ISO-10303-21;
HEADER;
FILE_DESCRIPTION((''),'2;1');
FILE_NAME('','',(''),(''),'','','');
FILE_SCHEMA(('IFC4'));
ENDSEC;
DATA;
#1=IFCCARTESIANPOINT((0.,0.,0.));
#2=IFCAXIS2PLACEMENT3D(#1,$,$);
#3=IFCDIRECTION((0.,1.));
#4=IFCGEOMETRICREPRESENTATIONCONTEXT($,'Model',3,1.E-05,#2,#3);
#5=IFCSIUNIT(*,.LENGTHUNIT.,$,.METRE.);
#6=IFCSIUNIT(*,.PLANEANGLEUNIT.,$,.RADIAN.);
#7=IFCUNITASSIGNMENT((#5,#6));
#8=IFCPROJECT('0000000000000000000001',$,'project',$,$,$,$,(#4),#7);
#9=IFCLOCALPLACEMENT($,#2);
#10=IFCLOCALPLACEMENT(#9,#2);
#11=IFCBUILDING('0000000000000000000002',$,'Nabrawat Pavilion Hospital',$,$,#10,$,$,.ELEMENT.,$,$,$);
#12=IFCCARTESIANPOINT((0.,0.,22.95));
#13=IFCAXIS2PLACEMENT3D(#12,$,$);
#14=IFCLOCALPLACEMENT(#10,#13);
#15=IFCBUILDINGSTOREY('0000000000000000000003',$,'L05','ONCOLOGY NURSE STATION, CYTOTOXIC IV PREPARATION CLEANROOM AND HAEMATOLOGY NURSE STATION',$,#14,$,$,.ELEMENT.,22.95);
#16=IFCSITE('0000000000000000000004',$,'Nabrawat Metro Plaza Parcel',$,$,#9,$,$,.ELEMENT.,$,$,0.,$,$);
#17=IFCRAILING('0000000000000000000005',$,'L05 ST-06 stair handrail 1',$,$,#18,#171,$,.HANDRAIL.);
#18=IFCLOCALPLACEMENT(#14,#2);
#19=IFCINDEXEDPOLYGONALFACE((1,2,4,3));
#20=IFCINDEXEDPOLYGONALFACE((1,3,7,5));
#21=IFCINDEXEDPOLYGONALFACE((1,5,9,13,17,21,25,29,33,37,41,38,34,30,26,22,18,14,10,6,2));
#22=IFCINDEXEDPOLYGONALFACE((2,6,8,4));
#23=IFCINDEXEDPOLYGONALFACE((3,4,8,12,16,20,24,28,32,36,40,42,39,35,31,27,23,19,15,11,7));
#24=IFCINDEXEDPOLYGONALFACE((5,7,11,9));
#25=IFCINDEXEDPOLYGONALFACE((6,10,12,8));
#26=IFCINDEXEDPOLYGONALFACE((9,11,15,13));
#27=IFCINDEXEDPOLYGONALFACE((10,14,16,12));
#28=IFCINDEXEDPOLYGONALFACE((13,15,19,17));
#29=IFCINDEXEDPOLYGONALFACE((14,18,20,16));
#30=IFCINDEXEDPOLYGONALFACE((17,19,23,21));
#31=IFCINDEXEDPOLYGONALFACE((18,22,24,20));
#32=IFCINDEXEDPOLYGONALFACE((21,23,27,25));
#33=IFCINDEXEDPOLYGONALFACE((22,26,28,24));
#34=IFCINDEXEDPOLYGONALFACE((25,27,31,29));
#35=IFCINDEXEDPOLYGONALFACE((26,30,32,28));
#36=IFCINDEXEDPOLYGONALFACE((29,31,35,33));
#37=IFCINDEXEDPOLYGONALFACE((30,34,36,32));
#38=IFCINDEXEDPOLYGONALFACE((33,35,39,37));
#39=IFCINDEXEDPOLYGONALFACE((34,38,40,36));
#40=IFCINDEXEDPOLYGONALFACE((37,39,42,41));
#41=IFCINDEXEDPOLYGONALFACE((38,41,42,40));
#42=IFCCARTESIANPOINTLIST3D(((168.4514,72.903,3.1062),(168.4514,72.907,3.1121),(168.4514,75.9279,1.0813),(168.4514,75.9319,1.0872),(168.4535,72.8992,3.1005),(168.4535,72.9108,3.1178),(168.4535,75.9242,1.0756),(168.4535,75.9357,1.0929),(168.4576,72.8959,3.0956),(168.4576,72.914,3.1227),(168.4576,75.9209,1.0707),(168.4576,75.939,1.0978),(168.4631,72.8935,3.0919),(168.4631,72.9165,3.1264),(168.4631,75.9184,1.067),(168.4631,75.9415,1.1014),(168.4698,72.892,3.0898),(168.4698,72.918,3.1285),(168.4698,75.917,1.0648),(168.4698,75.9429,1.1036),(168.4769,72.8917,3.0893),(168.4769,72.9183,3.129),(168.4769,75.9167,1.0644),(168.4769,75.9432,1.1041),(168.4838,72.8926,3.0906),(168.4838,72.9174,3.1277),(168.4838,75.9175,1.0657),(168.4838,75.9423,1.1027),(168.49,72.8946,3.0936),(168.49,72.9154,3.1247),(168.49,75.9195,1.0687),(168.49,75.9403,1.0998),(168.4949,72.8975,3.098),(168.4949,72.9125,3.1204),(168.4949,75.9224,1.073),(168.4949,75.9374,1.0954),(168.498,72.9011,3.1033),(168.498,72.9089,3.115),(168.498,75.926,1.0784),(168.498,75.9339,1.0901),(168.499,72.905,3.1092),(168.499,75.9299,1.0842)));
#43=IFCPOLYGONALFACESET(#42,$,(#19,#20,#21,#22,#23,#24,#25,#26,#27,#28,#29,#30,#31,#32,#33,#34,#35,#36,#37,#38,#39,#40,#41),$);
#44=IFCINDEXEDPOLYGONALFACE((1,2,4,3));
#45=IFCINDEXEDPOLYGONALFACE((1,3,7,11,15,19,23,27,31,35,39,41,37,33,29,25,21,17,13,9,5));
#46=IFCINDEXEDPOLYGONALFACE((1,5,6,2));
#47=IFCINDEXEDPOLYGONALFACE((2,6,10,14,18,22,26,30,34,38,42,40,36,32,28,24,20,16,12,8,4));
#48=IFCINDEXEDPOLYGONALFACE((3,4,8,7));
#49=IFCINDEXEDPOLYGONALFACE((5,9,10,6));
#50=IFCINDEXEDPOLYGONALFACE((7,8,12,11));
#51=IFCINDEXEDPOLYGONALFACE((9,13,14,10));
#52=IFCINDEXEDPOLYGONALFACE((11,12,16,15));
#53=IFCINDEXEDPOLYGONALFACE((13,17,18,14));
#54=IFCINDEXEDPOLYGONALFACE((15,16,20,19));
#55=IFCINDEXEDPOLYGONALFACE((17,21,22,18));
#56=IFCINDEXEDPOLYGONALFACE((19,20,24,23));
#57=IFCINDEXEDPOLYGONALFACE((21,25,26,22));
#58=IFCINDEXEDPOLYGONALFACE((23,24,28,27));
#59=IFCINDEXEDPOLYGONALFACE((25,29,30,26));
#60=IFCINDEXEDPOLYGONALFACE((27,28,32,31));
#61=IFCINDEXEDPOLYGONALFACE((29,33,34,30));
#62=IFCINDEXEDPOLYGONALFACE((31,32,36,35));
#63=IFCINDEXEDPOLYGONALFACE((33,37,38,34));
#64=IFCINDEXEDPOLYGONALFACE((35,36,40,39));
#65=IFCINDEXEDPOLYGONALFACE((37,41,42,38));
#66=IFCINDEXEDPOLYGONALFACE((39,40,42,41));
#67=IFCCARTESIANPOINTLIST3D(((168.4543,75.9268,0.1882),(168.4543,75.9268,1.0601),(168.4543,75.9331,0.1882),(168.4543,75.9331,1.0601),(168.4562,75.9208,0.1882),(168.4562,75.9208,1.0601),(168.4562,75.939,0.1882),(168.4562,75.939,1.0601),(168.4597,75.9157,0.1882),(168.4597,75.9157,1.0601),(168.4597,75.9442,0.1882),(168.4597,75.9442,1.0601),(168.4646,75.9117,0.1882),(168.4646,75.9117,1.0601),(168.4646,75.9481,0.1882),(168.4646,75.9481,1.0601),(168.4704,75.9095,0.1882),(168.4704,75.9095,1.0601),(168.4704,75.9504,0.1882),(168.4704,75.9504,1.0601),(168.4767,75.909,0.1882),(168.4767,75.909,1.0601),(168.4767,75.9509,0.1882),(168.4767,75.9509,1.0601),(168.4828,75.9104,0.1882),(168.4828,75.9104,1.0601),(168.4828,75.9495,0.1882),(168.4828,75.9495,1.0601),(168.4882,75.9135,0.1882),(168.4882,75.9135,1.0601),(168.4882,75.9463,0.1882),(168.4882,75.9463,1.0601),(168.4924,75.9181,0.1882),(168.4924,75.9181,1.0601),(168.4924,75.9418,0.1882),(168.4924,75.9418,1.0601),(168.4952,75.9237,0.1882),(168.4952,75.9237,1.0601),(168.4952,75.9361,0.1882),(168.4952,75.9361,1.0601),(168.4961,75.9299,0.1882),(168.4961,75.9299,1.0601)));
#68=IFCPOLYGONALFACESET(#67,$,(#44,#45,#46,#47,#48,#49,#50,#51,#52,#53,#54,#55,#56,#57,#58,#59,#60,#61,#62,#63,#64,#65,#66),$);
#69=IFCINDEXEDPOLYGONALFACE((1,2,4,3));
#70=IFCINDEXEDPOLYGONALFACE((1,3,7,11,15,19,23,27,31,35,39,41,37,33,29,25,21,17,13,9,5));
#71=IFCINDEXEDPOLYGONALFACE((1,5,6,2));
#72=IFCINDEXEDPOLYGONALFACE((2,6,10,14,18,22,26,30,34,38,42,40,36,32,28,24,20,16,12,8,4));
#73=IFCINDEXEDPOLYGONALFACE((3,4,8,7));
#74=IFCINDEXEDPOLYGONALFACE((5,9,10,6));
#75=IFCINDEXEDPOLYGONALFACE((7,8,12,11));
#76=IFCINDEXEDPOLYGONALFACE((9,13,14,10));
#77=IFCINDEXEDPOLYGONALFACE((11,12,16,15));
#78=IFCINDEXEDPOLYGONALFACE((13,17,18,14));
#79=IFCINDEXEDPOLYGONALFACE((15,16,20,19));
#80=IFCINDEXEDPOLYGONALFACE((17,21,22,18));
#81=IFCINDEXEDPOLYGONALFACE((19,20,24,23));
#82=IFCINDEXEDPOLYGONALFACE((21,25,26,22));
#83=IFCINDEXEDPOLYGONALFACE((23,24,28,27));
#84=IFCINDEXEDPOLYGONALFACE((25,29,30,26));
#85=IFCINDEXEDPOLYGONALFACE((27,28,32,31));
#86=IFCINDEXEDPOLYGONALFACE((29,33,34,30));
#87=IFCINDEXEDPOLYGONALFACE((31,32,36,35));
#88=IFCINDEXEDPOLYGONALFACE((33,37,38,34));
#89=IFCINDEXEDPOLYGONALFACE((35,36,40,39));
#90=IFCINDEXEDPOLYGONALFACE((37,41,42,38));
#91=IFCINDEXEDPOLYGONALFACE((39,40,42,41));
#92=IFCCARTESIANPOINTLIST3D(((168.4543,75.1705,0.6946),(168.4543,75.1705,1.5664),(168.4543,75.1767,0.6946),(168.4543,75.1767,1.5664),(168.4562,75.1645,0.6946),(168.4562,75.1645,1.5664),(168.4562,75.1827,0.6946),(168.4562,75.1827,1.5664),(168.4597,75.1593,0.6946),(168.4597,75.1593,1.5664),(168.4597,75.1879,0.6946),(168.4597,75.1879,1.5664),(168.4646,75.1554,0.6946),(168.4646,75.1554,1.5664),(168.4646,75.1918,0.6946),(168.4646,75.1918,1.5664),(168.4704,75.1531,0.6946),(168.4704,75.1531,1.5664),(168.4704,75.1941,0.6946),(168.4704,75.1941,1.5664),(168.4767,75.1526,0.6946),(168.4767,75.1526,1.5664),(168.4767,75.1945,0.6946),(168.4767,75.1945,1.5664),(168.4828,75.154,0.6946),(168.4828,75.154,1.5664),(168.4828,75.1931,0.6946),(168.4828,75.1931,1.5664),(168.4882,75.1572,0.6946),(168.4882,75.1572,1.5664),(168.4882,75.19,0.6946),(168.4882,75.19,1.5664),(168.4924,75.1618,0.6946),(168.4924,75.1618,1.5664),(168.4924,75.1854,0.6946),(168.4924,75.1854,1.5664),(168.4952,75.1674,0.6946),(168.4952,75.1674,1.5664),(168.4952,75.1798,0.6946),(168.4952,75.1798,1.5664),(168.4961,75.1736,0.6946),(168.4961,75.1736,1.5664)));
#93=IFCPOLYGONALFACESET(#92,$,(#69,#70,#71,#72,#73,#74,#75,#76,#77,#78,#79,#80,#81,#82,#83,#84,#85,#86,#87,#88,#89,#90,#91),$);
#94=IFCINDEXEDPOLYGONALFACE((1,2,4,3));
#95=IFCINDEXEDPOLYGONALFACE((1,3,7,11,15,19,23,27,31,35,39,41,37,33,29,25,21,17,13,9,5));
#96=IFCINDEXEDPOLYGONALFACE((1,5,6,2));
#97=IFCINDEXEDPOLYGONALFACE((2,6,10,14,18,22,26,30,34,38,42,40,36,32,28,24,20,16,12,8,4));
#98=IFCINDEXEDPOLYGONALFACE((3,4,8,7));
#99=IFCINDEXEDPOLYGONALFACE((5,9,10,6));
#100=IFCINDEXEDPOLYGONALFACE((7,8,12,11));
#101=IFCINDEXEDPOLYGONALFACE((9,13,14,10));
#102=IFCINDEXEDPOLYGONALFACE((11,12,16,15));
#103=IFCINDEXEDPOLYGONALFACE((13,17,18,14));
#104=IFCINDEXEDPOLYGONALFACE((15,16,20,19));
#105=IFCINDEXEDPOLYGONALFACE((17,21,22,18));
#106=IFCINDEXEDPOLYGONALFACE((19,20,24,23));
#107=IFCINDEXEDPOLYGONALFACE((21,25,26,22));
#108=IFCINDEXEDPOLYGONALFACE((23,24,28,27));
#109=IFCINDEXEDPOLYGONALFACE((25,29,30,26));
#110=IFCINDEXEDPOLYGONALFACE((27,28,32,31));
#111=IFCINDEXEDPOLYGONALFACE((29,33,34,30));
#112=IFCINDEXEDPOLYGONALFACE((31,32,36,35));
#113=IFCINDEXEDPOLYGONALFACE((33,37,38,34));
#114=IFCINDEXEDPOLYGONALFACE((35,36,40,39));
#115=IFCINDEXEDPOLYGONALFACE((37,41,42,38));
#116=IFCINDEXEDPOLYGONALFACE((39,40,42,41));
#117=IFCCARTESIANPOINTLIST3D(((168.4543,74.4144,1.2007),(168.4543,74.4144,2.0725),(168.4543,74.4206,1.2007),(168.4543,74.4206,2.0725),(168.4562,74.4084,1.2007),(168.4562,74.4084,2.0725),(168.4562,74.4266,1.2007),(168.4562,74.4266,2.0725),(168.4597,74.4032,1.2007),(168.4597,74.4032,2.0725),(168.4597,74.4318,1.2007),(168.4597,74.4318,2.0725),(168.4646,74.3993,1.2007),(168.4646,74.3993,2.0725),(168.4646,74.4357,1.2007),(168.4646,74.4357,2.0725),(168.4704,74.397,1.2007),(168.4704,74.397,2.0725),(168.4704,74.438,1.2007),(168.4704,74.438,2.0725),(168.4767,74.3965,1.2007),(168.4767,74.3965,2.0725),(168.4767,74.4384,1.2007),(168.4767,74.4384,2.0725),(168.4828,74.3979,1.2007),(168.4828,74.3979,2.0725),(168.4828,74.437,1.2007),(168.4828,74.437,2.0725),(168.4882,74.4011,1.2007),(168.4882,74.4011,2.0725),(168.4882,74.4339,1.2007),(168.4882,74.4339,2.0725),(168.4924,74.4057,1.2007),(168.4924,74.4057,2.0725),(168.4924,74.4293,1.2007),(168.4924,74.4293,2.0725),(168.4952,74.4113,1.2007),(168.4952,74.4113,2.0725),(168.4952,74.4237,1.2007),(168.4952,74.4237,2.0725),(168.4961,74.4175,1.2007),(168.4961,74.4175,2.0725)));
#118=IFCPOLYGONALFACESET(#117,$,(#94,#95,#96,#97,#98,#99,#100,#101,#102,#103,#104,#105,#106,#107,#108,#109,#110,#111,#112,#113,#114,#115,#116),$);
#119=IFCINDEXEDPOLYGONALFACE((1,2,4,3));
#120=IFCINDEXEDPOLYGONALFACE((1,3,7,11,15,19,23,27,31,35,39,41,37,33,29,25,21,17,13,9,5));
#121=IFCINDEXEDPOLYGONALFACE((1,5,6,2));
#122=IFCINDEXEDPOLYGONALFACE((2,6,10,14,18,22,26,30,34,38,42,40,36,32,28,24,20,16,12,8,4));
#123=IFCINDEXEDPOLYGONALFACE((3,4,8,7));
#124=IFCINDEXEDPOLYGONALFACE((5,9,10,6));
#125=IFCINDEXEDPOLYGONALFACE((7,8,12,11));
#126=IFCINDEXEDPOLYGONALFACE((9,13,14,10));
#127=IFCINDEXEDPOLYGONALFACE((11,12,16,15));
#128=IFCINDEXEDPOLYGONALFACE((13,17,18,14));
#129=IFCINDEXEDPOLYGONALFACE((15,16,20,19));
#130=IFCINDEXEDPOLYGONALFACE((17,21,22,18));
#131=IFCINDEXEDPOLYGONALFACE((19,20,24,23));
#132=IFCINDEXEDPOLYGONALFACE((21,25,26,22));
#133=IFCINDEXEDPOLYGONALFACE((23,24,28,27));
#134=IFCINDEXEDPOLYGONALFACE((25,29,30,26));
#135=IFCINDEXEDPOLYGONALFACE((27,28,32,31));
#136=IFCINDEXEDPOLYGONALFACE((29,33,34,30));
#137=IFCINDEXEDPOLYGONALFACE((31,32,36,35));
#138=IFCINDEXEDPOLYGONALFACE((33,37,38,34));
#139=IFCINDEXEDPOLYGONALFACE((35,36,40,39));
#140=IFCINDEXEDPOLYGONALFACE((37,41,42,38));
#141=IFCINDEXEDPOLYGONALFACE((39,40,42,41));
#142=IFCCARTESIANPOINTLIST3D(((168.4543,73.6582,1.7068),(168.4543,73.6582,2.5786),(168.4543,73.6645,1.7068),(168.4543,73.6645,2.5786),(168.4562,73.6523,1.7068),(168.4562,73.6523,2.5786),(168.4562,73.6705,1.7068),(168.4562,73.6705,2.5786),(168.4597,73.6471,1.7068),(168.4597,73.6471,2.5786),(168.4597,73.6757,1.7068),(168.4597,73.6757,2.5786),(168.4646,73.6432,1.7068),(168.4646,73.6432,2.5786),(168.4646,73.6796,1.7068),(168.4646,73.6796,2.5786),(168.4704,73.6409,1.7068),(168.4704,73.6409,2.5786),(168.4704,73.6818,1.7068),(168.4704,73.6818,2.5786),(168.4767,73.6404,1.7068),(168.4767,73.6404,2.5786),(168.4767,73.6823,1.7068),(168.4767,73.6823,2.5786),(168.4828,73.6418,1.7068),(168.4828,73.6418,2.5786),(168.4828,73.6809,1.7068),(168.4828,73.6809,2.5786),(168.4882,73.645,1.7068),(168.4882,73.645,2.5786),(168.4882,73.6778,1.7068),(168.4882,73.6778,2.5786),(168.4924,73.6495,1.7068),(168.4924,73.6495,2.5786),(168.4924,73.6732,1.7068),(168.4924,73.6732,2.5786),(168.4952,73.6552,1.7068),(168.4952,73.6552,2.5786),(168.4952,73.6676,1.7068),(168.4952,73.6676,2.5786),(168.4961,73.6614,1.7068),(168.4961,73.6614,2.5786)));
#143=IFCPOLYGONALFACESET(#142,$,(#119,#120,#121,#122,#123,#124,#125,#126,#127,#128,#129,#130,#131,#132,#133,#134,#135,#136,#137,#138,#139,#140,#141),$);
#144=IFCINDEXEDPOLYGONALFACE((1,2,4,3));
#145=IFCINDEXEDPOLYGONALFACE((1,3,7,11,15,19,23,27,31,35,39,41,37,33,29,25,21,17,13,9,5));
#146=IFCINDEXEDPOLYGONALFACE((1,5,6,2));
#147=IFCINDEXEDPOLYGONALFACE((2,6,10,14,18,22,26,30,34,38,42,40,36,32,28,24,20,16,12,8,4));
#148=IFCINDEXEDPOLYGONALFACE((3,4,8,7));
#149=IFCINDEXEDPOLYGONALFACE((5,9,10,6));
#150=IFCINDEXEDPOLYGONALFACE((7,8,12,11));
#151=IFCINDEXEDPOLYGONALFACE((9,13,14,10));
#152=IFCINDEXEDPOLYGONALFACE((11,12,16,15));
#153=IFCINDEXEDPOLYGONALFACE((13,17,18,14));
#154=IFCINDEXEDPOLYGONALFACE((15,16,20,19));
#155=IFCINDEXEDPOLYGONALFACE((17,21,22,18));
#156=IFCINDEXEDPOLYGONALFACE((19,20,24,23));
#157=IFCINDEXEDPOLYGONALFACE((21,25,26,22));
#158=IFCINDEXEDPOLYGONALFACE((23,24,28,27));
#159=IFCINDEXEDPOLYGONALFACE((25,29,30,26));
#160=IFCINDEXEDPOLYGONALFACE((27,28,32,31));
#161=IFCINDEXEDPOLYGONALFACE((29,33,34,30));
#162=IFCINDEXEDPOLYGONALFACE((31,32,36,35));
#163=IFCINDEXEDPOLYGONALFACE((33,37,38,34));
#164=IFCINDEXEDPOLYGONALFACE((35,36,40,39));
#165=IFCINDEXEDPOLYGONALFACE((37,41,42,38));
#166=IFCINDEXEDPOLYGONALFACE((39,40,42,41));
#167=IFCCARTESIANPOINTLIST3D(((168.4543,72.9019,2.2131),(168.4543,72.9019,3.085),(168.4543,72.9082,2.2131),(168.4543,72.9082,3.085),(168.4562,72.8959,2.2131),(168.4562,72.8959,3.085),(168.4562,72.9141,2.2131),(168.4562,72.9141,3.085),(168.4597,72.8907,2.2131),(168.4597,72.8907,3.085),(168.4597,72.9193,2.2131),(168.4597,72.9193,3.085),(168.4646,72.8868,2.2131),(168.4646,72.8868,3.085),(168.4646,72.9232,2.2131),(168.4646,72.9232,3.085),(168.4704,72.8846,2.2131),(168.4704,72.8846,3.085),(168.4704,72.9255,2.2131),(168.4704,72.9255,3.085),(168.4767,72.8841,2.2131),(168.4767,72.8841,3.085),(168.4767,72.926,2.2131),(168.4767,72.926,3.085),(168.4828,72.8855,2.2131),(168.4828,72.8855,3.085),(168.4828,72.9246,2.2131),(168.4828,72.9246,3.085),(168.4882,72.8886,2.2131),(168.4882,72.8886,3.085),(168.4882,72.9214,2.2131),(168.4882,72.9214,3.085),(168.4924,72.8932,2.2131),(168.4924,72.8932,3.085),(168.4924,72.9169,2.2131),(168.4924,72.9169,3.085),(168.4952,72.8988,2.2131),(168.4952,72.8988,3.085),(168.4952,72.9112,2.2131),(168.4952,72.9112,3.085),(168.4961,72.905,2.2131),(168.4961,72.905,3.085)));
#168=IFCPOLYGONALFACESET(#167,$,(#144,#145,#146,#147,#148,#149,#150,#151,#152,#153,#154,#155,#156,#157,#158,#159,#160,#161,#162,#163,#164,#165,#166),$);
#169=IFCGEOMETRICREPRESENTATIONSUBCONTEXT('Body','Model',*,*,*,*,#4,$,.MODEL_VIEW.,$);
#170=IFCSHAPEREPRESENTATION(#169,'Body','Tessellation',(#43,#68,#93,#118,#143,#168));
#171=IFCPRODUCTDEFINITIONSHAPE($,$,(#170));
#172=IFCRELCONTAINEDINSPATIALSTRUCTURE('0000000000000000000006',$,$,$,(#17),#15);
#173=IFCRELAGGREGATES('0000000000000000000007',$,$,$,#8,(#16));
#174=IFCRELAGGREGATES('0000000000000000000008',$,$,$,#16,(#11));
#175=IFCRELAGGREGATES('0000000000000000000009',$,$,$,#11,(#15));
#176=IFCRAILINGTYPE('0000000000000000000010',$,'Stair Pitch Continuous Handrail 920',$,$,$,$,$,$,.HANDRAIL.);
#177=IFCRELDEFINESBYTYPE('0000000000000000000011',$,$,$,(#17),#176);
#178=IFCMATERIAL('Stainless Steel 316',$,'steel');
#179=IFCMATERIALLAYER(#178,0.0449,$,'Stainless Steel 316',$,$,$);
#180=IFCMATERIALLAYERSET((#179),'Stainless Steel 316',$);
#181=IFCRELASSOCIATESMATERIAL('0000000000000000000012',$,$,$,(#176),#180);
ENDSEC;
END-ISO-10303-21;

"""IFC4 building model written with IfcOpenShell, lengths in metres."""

from ifc_helpers import new_model, si_unit, direction, frame, origin, origin_2d, place, context, subcontext, project, spatial, circle, extrude, material, layer, layer_set, type_object, element, save


model = new_model("IFC4")

# Units and contexts
model_context = context("Model", 3, precision=1e-05, world=origin(), true_north=direction((0.0, 1.0)))
body_context = subcontext(model_context, "Body", "Model", "MODEL_VIEW")
ifc_project = project(units=[si_unit("LENGTHUNIT", "METRE"), si_unit("PLANEANGLEUNIT", "RADIAN")], contexts=[model_context])

# Site, building, storey
site_placement = place(None, origin())
site = spatial("IfcSite", under=ifc_project, at=site_placement, Name="Nabrawat Metro Plaza Parcel", CompositionType="ELEMENT", RefElevation=0.0)
building_placement = place(site_placement, origin())
building = spatial("IfcBuilding", under=site, at=building_placement, Name="Nabrawat Pavilion Hospital", CompositionType="ELEMENT")
storey_placement = place(building_placement, frame((0.0, 0.0, 22.95)))
storey = spatial("IfcBuildingStorey", under=building, at=storey_placement, Name="L05", Description="ONCOLOGY NURSE STATION, CYTOTOXIC IV PREPARATION CLEANROOM AND HAEMATOLOGY NURSE STATION", CompositionType="ELEMENT", Elevation=22.95)

# Railing
ifc_material_1 = material(Name="Stainless Steel 316", Category="steel")
ifc_layer_1 = layer(ifc_material_1, 0.0449, Name="Stainless Steel 316")
ifc_layer_set_1 = layer_set([ifc_layer_1], Name="Stainless Steel 316")
railing_type_1 = type_object("IfcRailingType", Name="Stair Pitch Continuous Handrail 920", PredefinedType="HANDRAIL", material=ifc_layer_set_1)
railing_1_placement = place(storey_placement, frame((168.4751, 75.9299, 0.1882)))
element("IfcRailing", 1, at=railing_1_placement, inside=storey, type_object=railing_type_1, Name="L05 ST-06 stair handrail 1", PredefinedType="HANDRAIL", context=body_context, shape_type="SweptSolid", body=[
    extrude(circle(Radius=0.0239, at=origin_2d()), frame((0.0, 0.0, 0.896), z_axis=(0.0, -0.830996, 0.556278), x_axis=(1.0, 0.0, 0.0)), (0.0, 0.0, 1.0), 3.6401),
    extrude(circle(Radius=0.021, at=origin_2d()), origin(), (0.0, 0.0, 1.0), 0.8718),
    extrude(circle(Radius=0.021, at=origin_2d()), frame((0.0, -0.7563, 0.5063)), (0.0, 0.0, 1.0), 0.8718),
    extrude(circle(Radius=0.021, at=origin_2d()), frame((0.0, -1.5125, 1.0125)), (0.0, 0.0, 1.0), 0.8718),
    extrude(circle(Radius=0.021, at=origin_2d()), frame((0.0, -2.2686, 1.5186)), (0.0, 0.0, 1.0), 0.8718),
    extrude(circle(Radius=0.021, at=origin_2d()), frame((0.0, -3.0249, 2.0249)), (0.0, 0.0, 1.0), 0.8718),
])

save(model, "model.ifc")
